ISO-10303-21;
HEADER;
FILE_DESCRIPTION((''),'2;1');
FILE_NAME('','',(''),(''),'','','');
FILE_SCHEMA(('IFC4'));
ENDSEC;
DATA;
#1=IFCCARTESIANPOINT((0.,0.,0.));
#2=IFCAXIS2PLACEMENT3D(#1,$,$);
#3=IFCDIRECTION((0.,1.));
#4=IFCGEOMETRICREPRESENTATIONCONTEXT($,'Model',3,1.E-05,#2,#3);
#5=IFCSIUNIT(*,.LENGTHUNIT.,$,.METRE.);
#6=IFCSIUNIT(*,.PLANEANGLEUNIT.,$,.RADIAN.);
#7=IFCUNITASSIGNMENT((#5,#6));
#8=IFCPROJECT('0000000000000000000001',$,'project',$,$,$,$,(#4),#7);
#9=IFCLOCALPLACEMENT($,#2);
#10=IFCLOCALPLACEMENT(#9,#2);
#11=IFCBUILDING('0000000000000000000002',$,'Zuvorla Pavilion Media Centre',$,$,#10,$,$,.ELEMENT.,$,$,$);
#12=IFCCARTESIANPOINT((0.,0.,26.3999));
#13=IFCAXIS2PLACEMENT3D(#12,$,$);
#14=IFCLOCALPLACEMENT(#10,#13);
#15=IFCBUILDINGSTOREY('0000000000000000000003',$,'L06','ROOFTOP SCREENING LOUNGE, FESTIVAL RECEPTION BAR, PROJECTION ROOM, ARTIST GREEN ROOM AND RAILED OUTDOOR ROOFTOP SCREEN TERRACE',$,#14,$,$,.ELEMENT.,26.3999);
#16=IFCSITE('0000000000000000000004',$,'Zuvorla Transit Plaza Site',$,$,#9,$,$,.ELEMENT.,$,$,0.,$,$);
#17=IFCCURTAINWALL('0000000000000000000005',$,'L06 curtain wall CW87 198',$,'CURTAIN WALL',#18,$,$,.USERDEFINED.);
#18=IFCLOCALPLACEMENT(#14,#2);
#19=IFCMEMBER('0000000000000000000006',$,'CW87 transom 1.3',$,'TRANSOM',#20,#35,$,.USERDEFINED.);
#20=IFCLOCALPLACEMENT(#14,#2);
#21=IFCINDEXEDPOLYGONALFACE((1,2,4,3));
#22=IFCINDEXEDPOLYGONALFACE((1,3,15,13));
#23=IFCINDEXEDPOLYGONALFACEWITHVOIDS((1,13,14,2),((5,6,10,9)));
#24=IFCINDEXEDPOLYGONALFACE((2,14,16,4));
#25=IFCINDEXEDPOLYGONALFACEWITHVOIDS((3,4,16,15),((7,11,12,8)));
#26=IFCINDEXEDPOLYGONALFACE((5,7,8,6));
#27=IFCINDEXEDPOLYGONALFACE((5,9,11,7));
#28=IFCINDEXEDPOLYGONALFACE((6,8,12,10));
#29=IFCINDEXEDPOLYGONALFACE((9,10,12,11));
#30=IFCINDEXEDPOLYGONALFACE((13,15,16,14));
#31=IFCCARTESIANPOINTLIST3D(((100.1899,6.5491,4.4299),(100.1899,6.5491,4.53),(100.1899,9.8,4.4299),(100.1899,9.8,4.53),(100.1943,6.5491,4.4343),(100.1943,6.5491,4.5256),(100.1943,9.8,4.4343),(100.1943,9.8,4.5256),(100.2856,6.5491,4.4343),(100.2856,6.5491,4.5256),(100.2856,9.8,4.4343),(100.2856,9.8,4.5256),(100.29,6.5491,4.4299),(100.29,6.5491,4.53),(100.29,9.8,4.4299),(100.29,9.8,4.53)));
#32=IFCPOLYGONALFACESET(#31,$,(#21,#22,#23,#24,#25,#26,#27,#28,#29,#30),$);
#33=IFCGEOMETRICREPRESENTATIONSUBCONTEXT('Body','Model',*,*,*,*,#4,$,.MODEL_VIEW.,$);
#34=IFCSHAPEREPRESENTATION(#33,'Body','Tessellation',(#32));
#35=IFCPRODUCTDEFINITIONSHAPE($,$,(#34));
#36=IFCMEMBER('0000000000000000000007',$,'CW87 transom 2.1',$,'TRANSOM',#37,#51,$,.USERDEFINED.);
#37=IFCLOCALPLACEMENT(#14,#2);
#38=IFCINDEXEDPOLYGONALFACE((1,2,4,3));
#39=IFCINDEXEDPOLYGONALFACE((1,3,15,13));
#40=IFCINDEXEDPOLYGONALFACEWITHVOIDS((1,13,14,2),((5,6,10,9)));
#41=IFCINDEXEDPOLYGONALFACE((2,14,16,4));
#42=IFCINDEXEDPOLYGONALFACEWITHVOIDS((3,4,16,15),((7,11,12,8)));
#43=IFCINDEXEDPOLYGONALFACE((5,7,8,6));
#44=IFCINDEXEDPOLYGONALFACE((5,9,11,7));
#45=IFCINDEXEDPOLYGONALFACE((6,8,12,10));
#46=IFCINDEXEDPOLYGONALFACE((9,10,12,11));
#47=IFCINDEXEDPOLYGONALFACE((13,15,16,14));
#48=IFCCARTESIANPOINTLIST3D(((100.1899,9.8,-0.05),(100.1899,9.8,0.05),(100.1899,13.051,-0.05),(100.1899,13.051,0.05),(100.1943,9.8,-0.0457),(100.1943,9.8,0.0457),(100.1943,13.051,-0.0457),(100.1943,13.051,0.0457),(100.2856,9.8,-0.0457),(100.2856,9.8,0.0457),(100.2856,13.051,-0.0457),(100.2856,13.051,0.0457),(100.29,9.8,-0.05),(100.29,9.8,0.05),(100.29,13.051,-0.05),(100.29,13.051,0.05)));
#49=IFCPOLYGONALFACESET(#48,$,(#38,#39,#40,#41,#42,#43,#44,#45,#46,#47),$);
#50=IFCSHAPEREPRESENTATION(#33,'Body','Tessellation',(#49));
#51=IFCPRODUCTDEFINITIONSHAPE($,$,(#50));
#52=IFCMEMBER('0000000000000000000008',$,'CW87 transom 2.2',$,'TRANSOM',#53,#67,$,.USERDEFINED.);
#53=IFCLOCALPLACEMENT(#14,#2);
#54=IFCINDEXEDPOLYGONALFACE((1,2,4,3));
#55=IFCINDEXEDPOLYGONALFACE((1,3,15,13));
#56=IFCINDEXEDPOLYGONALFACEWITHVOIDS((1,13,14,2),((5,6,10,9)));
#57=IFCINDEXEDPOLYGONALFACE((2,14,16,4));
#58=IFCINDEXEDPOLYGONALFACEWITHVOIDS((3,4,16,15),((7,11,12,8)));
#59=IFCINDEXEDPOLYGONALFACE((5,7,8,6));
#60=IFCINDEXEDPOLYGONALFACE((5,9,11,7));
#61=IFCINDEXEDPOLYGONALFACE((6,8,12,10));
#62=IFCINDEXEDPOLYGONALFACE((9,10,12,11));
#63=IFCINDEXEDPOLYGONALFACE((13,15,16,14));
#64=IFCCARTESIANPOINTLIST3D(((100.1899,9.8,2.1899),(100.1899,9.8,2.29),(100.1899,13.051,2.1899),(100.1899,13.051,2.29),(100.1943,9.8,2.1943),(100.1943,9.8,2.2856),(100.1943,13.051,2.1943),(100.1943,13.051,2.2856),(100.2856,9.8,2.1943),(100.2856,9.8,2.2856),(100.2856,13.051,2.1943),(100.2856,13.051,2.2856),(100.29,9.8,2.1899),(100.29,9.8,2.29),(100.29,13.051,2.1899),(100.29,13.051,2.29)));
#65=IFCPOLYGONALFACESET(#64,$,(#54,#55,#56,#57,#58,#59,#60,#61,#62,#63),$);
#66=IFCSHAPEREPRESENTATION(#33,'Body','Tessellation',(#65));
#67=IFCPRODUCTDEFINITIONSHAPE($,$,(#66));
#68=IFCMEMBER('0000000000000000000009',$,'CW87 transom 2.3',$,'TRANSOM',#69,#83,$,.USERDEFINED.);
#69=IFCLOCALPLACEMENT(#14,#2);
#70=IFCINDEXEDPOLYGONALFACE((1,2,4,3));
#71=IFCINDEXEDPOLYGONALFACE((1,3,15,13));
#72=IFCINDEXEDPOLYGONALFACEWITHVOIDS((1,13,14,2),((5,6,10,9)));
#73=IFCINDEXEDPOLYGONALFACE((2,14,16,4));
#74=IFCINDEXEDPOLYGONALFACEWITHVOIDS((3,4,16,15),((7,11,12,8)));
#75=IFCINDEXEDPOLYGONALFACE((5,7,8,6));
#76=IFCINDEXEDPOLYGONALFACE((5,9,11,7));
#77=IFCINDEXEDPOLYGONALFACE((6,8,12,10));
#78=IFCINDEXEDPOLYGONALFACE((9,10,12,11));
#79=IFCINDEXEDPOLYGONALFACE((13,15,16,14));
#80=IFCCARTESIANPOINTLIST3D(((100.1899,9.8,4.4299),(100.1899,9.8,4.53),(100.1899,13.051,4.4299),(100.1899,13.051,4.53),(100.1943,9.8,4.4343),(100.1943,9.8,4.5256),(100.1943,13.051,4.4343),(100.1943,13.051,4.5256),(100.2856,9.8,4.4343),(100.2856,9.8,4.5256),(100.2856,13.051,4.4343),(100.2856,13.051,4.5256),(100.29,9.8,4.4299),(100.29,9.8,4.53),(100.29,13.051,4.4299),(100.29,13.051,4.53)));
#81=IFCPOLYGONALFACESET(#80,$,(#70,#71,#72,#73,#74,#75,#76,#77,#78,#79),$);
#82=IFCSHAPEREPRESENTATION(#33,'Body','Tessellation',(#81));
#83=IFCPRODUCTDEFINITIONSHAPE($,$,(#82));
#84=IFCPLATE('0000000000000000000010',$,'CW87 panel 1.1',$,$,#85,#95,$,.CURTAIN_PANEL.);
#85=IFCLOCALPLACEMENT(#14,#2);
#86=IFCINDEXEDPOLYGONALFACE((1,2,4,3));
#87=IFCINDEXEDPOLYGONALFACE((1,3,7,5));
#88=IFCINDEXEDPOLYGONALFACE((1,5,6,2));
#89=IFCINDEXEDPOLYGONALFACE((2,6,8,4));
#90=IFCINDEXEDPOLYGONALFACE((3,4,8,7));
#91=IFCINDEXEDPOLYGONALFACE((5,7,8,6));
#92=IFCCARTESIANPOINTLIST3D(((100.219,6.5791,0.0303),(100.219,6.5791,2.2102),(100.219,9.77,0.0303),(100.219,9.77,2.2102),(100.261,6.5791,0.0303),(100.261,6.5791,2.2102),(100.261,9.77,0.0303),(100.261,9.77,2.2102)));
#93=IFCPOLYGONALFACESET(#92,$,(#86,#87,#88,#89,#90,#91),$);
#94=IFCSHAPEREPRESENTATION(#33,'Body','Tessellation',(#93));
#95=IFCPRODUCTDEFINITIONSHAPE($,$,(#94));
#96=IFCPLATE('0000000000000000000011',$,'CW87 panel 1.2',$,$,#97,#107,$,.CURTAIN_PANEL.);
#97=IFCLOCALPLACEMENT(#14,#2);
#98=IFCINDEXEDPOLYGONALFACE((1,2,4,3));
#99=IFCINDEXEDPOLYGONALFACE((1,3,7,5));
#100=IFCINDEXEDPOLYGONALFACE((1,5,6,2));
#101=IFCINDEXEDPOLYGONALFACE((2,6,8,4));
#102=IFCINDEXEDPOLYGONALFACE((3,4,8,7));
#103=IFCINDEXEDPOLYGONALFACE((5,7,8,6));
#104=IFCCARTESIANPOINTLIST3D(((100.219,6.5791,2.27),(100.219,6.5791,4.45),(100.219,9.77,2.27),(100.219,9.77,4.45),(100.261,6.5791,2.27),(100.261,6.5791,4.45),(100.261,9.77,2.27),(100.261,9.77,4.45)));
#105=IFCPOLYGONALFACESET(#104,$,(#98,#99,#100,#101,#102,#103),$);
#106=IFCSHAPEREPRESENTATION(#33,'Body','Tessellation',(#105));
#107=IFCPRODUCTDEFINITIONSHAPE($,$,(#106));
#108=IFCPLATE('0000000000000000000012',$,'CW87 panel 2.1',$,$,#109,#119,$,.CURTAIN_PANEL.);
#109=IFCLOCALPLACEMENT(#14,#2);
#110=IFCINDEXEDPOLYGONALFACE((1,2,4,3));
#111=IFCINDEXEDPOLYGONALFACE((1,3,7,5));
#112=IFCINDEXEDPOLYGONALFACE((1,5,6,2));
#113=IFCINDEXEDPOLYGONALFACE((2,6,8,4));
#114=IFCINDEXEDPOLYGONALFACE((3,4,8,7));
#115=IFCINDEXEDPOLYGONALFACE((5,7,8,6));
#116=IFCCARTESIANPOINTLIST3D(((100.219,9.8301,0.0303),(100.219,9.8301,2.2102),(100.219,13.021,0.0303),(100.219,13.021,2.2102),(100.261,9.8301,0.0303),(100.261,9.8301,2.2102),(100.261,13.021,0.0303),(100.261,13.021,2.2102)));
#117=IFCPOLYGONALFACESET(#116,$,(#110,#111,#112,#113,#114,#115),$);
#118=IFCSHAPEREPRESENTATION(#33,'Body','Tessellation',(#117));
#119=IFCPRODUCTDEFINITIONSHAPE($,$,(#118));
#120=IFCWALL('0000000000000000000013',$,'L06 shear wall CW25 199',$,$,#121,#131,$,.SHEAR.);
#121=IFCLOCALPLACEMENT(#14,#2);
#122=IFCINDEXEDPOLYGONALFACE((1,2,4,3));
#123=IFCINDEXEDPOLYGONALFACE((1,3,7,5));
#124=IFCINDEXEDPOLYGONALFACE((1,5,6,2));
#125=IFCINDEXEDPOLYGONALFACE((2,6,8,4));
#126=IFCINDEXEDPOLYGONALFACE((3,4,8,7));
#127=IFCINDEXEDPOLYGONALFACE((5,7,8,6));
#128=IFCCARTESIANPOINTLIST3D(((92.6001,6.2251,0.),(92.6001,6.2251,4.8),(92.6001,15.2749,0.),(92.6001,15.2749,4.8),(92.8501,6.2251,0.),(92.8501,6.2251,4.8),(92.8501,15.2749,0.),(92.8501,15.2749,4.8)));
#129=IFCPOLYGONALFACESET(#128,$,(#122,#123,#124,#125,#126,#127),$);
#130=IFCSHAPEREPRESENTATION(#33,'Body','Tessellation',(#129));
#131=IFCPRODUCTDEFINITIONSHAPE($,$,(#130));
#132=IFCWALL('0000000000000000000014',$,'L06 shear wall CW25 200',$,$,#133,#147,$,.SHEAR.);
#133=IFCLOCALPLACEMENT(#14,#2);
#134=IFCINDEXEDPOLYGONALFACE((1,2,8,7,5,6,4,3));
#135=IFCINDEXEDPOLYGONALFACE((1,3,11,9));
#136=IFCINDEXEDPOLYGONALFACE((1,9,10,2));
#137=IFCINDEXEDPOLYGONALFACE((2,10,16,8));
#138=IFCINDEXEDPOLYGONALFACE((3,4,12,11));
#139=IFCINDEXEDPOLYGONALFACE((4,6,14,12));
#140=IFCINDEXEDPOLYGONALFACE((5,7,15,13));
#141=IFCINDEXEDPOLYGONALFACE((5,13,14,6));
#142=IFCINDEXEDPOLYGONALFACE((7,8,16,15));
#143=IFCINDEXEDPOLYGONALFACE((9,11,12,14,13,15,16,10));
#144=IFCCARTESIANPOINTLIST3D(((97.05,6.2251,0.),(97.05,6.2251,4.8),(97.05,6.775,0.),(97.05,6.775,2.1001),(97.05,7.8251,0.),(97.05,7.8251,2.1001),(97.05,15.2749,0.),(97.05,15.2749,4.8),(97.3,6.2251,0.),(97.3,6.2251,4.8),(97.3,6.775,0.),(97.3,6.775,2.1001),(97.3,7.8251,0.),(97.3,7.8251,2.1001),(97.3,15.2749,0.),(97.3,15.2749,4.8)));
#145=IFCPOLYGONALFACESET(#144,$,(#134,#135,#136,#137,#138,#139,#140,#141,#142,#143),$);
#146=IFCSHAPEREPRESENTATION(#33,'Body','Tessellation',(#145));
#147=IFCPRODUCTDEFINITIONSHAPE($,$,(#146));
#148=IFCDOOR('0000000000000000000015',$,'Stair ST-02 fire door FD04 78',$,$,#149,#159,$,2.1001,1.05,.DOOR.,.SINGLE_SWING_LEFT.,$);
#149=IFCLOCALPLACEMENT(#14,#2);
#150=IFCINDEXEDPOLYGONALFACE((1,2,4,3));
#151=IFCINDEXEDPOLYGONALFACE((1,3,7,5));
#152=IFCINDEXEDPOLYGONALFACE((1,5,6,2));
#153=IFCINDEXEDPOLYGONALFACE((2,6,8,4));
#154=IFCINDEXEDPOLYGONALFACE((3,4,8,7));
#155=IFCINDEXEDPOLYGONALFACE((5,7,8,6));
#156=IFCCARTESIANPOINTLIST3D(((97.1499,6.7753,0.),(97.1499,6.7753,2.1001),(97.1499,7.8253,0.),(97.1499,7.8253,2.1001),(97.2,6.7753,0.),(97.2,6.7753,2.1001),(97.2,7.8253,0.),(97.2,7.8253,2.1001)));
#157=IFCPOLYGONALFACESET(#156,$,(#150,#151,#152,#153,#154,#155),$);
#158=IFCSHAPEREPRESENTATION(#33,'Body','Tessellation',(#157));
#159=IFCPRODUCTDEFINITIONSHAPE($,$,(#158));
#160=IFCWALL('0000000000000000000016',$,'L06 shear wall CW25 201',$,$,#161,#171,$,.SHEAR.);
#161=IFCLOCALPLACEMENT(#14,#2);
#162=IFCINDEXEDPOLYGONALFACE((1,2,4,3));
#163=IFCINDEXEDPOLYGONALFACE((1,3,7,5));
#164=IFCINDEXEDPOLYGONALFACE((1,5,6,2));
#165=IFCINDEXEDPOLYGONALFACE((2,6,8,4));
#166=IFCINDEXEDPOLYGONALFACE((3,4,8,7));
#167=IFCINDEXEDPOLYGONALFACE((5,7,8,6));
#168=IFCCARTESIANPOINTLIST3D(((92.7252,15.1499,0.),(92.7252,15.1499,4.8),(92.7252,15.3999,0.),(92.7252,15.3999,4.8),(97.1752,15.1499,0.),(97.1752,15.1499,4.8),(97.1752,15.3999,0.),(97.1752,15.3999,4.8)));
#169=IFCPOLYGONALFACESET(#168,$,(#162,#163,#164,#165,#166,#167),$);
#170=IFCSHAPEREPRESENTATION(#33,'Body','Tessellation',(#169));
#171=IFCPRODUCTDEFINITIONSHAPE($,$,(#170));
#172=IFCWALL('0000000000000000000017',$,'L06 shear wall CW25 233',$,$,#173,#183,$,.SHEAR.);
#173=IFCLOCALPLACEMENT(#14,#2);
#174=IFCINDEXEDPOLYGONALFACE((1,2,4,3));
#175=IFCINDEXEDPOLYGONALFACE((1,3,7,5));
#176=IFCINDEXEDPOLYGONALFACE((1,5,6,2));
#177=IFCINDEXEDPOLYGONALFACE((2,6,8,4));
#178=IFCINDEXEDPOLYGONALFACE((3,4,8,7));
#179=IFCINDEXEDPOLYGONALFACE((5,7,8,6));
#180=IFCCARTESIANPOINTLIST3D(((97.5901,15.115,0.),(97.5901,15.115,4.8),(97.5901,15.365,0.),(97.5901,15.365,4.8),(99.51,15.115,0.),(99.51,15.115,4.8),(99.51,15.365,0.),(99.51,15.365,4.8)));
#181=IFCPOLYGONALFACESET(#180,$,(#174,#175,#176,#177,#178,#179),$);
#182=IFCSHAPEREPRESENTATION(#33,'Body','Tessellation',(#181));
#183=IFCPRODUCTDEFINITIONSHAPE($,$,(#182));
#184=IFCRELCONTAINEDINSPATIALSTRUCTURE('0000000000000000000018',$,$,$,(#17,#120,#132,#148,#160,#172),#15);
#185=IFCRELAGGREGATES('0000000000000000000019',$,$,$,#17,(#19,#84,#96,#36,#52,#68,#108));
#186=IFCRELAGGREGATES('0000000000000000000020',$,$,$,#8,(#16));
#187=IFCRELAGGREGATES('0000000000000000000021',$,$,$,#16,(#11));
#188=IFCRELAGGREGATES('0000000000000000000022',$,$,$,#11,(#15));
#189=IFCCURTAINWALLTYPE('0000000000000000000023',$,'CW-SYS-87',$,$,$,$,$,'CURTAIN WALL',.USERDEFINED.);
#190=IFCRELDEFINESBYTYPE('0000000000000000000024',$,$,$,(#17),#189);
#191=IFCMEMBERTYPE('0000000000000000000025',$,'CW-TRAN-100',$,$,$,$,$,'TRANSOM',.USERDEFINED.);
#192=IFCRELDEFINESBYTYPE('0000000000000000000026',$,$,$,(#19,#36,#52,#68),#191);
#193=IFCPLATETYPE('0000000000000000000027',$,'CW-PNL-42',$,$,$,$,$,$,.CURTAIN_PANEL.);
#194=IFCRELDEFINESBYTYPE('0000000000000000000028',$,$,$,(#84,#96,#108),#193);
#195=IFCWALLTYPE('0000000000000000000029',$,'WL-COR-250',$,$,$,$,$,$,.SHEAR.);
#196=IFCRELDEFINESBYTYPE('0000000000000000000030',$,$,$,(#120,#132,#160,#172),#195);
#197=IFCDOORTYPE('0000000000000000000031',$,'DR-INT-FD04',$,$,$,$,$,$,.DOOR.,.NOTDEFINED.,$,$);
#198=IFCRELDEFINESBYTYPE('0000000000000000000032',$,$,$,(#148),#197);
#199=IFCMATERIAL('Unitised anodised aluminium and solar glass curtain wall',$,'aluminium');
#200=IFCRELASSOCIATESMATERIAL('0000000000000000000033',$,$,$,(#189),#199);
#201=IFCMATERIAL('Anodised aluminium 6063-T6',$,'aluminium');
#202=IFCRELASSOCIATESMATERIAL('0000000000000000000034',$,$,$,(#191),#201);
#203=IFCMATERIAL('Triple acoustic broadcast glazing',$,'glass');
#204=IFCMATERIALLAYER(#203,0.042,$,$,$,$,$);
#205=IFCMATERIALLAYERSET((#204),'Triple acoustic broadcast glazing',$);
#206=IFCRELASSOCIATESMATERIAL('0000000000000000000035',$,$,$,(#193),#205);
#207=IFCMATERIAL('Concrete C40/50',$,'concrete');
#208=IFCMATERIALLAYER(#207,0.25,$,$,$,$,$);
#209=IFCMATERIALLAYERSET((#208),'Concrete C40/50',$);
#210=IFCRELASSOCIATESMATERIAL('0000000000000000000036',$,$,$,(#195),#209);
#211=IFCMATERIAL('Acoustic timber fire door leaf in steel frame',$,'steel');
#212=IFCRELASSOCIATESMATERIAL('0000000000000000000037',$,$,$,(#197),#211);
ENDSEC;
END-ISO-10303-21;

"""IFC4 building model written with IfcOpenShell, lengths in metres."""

from ifc_helpers import new_model, si_unit, direction, frame, frame_2d, origin, origin_2d, place, context, subcontext, project, spatial, rectangle, hollow_rectangle, extrude, material, layer, layer_set, material_profile, profile_set, type_object, element, fill, aggregate, save


model = new_model("IFC4")

# Units and contexts
model_context = context("Model", 3, precision=1e-05, world=origin(), true_north=direction((0.0, 1.0)))
body_context = subcontext(model_context, "Body", "Model", "MODEL_VIEW")
ifc_project = project(units=[si_unit("LENGTHUNIT", "METRE"), si_unit("PLANEANGLEUNIT", "RADIAN")], contexts=[model_context])

# Site, building, storey
site_placement = place(None, origin())
site = spatial("IfcSite", under=ifc_project, at=site_placement, Name="Zuvorla Transit Plaza Site", CompositionType="ELEMENT", RefElevation=0.0)
building_placement = place(site_placement, origin())
building = spatial("IfcBuilding", under=site, at=building_placement, Name="Zuvorla Pavilion Media Centre", CompositionType="ELEMENT")
storey_placement = place(building_placement, frame((0.0, 0.0, 26.3999)))
storey = spatial("IfcBuildingStorey", under=building, at=storey_placement, Name="L06", Description="ROOFTOP SCREENING LOUNGE, FESTIVAL RECEPTION BAR, PROJECTION ROOM, ARTIST GREEN ROOM AND RAILED OUTDOOR ROOFTOP SCREEN TERRACE", CompositionType="ELEMENT", Elevation=26.3999)

# Shared definitions
ifc_material_1 = material(Name="Concrete C40/50", Category="concrete")

# Curtain wall, members, plates
ifc_material_2 = material(Name="Unitised anodised aluminium and solar glass curtain wall", Category="aluminium")
curtain_wall_type = type_object("IfcCurtainWallType", Name="CW-SYS-87", ElementType="CURTAIN WALL", PredefinedType="USERDEFINED", material=ifc_material_2)
curtain_wall_placement = place(storey_placement, origin())
curtain_wall = element("IfcCurtainWall", 1, at=curtain_wall_placement, inside=storey, type_object=curtain_wall_type, Name="L06 curtain wall CW87 198", ObjectType="CURTAIN WALL", PredefinedType="USERDEFINED")
ifc_material_3 = material(Name="Anodised aluminium 6063-T6", Category="aluminium")
ifc_material_profile_1 = material_profile(ifc_material_3, hollow_rectangle(XDim=0.1001, YDim=0.1001, WallThickness=0.0044, at=origin_2d()), Name="ALU TRAN 100x100")
ifc_profile_set_1 = profile_set([ifc_material_profile_1], Name="Anodised aluminium 6063-T6")
member_type_1 = type_object("IfcMemberType", Name="CW-TRAN-100", ElementType="TRANSOM", PredefinedType="USERDEFINED", material=ifc_profile_set_1)
member_1_placement = place(storey_placement, frame((100.24, 6.5491, 4.48), z_axis=(0.0, 1.0, 0.0), x_axis=(-1.0, 0.0, 0.0)))
member_1 = element("IfcMember", 2, at=member_1_placement, type_object=member_type_1, Name="CW87 transom 1.3", ObjectType="TRANSOM", PredefinedType="USERDEFINED", context=body_context, shape_type="SweptSolid", body=[
    extrude(hollow_rectangle(XDim=0.1001, YDim=0.1001, WallThickness=0.0044, at=origin_2d()), origin(), (0.0, 0.0, 1.0), 3.251),
])
member_2_placement = place(storey_placement, frame((100.24, 9.8, 0.0), z_axis=(0.0, 1.0, 0.0), x_axis=(-1.0, 0.0, 0.0)))
member_2 = element("IfcMember", 3, at=member_2_placement, type_object=member_type_1, Name="CW87 transom 2.1", ObjectType="TRANSOM", PredefinedType="USERDEFINED", context=body_context, shape_type="SweptSolid", body=[
    extrude(hollow_rectangle(XDim=0.1001, YDim=0.1001, WallThickness=0.0044, at=origin_2d()), origin(), (0.0, 0.0, 1.0), 3.251),
])
member_3_placement = place(storey_placement, frame((100.24, 9.8, 2.24), z_axis=(0.0, 1.0, 0.0), x_axis=(-1.0, 0.0, 0.0)))
member_3 = element("IfcMember", 4, at=member_3_placement, type_object=member_type_1, Name="CW87 transom 2.2", ObjectType="TRANSOM", PredefinedType="USERDEFINED", context=body_context, shape_type="SweptSolid", body=[
    extrude(hollow_rectangle(XDim=0.1001, YDim=0.1001, WallThickness=0.0044, at=origin_2d()), origin(), (0.0, 0.0, 1.0), 3.251),
])
member_4_placement = place(storey_placement, frame((100.24, 9.8, 4.48), z_axis=(0.0, 1.0, 0.0), x_axis=(-1.0, 0.0, 0.0)))
member_4 = element("IfcMember", 5, at=member_4_placement, type_object=member_type_1, Name="CW87 transom 2.3", ObjectType="TRANSOM", PredefinedType="USERDEFINED", context=body_context, shape_type="SweptSolid", body=[
    extrude(hollow_rectangle(XDim=0.1001, YDim=0.1001, WallThickness=0.0044, at=origin_2d()), origin(), (0.0, 0.0, 1.0), 3.251),
])
ifc_material_4 = material(Name="Triple acoustic broadcast glazing", Category="glass")
ifc_layer_1 = layer(ifc_material_4, 0.042)
ifc_layer_set_1 = layer_set([ifc_layer_1], Name="Triple acoustic broadcast glazing")
plate_type = type_object("IfcPlateType", Name="CW-PNL-42", PredefinedType="CURTAIN_PANEL", material=ifc_layer_set_1)
plate_1_placement = place(storey_placement, frame((100.24, 8.1746, 0.0303), z_axis=(0.0, 0.0, 1.0), x_axis=(0.0, 1.0, 0.0)))
plate_1 = element("IfcPlate", 6, at=plate_1_placement, type_object=plate_type, Name="CW87 panel 1.1", PredefinedType="CURTAIN_PANEL", context=body_context, shape_type="SweptSolid", body=[
    extrude(rectangle(XDim=3.1909, YDim=0.042, at=origin_2d()), origin(), (0.0, 0.0, 1.0), 2.1799),
])
plate_2_placement = place(storey_placement, frame((100.24, 8.1746, 2.27), z_axis=(0.0, 0.0, 1.0), x_axis=(0.0, 1.0, 0.0)))
plate_2 = element("IfcPlate", 7, at=plate_2_placement, type_object=plate_type, Name="CW87 panel 1.2", PredefinedType="CURTAIN_PANEL", context=body_context, shape_type="SweptSolid", body=[
    extrude(rectangle(XDim=3.1909, YDim=0.042, at=origin_2d()), origin(), (0.0, 0.0, 1.0), 2.1799),
])
plate_3_placement = place(storey_placement, frame((100.24, 11.4255, 0.0303), z_axis=(0.0, 0.0, 1.0), x_axis=(0.0, 1.0, 0.0)))
plate_3 = element("IfcPlate", 8, at=plate_3_placement, type_object=plate_type, Name="CW87 panel 2.1", PredefinedType="CURTAIN_PANEL", context=body_context, shape_type="SweptSolid", body=[
    extrude(rectangle(XDim=3.1909, YDim=0.042, at=origin_2d()), origin(), (0.0, 0.0, 1.0), 2.1799),
])
aggregate(curtain_wall, [member_1, plate_1, plate_2, member_2, member_3, member_4, plate_3])

# Wall
ifc_layer_2 = layer(ifc_material_1, 0.25)
ifc_layer_set_2 = layer_set([ifc_layer_2], Name="Concrete C40/50")
wall_type_1 = type_object("IfcWallType", Name="WL-COR-250", PredefinedType="SHEAR", material=ifc_layer_set_2)
wall_1_placement = place(storey_placement, frame((92.7251, 6.2251, 0.0), z_axis=(0.0, 0.0, 1.0), x_axis=(0.0, 1.0, 0.0)))
element("IfcWall", 9, at=wall_1_placement, inside=storey, type_object=wall_type_1, Name="L06 shear wall CW25 199", PredefinedType="SHEAR", context=body_context, shape_type="SweptSolid", body=[
    extrude(rectangle(XDim=9.0498, YDim=0.25, at=frame_2d((4.5249, 0.0))), origin(), (0.0, 0.0, 1.0), 4.8),
])

# Wall, opening, door
wall_2_placement = place(storey_placement, frame((97.175, 6.2251, 0.0), z_axis=(0.0, 0.0, 1.0), x_axis=(0.0, 1.0, 0.0)))
wall_2 = element("IfcWall", 10, at=wall_2_placement, inside=storey, type_object=wall_type_1, Name="L06 shear wall CW25 200", PredefinedType="SHEAR", context=body_context, shape_type="SweptSolid", body=[
    extrude(rectangle(XDim=9.0498, YDim=0.25, at=frame_2d((4.5249, 0.0))), origin(), (0.0, 0.0, 1.0), 4.8),
])
opening_1_placement = place(wall_2_placement, frame((0.55, 0.0, 0.0)))
opening_1 = element("IfcOpeningElement", 11, at=opening_1_placement, cuts=wall_2, PredefinedType="OPENING", context=body_context, shape_type="SweptSolid", body=[
    extrude(rectangle(XDim=1.05, YDim=2.1001, at=frame_2d((0.5249, 1.05))), frame((0.0, 0.135, 0.0), z_axis=(0.0, -1.0, 0.0), x_axis=(1.0, 0.0, 0.0)), (0.0, 0.0, 1.0), 0.27),
])
ifc_material_5 = material(Name="Acoustic timber fire door leaf in steel frame", Category="steel")
door_type = type_object("IfcDoorType", Name="DR-INT-FD04", OperationType="NOTDEFINED", PredefinedType="DOOR", material=ifc_material_5)
door_placement = place(opening_1_placement, frame((1.05, 0.0, 0.0), z_axis=(0.0, 0.0, 1.0), x_axis=(-1.0, 0.0, 0.0)))
door = element("IfcDoor", 12, at=door_placement, inside=storey, type_object=door_type, Name="Stair ST-02 fire door FD04 78", OperationType="SINGLE_SWING_LEFT", OverallHeight=2.1001, OverallWidth=1.05, PredefinedType="DOOR", context=body_context, shape_type="SweptSolid", body=[
    extrude(rectangle(XDim=1.05, YDim=2.1001, at=frame_2d((0.5249, 1.05))), frame((0.0, 0.0249, 0.0), z_axis=(0.0, -1.0, 0.0), x_axis=(1.0, 0.0, 0.0)), (0.0, 0.0, 1.0), 0.05),
])
fill(opening_1, door)

# Walls
wall_3_placement = place(storey_placement, frame((92.7251, 15.2749, 0.0), z_axis=(0.0, 0.0, 1.0), x_axis=(1.0, 0.0, 0.0)))
element("IfcWall", 13, at=wall_3_placement, inside=storey, type_object=wall_type_1, Name="L06 shear wall CW25 201", PredefinedType="SHEAR", context=body_context, shape_type="SweptSolid", body=[
    extrude(rectangle(XDim=4.45, YDim=0.25, at=frame_2d((2.2251, 0.0))), origin(), (0.0, 0.0, 1.0), 4.8),
])
wall_4_placement = place(storey_placement, frame((97.5901, 15.24, 0.0), z_axis=(0.0, 0.0, 1.0), x_axis=(1.0, 0.0, 0.0)))
element("IfcWall", 14, at=wall_4_placement, inside=storey, type_object=wall_type_1, Name="L06 shear wall CW25 233", PredefinedType="SHEAR", context=body_context, shape_type="SweptSolid", body=[
    extrude(rectangle(XDim=1.9199, YDim=0.25, at=frame_2d((0.96, 0.0))), origin(), (0.0, 0.0, 1.0), 4.8),
])

save(model, "model.ifc")
